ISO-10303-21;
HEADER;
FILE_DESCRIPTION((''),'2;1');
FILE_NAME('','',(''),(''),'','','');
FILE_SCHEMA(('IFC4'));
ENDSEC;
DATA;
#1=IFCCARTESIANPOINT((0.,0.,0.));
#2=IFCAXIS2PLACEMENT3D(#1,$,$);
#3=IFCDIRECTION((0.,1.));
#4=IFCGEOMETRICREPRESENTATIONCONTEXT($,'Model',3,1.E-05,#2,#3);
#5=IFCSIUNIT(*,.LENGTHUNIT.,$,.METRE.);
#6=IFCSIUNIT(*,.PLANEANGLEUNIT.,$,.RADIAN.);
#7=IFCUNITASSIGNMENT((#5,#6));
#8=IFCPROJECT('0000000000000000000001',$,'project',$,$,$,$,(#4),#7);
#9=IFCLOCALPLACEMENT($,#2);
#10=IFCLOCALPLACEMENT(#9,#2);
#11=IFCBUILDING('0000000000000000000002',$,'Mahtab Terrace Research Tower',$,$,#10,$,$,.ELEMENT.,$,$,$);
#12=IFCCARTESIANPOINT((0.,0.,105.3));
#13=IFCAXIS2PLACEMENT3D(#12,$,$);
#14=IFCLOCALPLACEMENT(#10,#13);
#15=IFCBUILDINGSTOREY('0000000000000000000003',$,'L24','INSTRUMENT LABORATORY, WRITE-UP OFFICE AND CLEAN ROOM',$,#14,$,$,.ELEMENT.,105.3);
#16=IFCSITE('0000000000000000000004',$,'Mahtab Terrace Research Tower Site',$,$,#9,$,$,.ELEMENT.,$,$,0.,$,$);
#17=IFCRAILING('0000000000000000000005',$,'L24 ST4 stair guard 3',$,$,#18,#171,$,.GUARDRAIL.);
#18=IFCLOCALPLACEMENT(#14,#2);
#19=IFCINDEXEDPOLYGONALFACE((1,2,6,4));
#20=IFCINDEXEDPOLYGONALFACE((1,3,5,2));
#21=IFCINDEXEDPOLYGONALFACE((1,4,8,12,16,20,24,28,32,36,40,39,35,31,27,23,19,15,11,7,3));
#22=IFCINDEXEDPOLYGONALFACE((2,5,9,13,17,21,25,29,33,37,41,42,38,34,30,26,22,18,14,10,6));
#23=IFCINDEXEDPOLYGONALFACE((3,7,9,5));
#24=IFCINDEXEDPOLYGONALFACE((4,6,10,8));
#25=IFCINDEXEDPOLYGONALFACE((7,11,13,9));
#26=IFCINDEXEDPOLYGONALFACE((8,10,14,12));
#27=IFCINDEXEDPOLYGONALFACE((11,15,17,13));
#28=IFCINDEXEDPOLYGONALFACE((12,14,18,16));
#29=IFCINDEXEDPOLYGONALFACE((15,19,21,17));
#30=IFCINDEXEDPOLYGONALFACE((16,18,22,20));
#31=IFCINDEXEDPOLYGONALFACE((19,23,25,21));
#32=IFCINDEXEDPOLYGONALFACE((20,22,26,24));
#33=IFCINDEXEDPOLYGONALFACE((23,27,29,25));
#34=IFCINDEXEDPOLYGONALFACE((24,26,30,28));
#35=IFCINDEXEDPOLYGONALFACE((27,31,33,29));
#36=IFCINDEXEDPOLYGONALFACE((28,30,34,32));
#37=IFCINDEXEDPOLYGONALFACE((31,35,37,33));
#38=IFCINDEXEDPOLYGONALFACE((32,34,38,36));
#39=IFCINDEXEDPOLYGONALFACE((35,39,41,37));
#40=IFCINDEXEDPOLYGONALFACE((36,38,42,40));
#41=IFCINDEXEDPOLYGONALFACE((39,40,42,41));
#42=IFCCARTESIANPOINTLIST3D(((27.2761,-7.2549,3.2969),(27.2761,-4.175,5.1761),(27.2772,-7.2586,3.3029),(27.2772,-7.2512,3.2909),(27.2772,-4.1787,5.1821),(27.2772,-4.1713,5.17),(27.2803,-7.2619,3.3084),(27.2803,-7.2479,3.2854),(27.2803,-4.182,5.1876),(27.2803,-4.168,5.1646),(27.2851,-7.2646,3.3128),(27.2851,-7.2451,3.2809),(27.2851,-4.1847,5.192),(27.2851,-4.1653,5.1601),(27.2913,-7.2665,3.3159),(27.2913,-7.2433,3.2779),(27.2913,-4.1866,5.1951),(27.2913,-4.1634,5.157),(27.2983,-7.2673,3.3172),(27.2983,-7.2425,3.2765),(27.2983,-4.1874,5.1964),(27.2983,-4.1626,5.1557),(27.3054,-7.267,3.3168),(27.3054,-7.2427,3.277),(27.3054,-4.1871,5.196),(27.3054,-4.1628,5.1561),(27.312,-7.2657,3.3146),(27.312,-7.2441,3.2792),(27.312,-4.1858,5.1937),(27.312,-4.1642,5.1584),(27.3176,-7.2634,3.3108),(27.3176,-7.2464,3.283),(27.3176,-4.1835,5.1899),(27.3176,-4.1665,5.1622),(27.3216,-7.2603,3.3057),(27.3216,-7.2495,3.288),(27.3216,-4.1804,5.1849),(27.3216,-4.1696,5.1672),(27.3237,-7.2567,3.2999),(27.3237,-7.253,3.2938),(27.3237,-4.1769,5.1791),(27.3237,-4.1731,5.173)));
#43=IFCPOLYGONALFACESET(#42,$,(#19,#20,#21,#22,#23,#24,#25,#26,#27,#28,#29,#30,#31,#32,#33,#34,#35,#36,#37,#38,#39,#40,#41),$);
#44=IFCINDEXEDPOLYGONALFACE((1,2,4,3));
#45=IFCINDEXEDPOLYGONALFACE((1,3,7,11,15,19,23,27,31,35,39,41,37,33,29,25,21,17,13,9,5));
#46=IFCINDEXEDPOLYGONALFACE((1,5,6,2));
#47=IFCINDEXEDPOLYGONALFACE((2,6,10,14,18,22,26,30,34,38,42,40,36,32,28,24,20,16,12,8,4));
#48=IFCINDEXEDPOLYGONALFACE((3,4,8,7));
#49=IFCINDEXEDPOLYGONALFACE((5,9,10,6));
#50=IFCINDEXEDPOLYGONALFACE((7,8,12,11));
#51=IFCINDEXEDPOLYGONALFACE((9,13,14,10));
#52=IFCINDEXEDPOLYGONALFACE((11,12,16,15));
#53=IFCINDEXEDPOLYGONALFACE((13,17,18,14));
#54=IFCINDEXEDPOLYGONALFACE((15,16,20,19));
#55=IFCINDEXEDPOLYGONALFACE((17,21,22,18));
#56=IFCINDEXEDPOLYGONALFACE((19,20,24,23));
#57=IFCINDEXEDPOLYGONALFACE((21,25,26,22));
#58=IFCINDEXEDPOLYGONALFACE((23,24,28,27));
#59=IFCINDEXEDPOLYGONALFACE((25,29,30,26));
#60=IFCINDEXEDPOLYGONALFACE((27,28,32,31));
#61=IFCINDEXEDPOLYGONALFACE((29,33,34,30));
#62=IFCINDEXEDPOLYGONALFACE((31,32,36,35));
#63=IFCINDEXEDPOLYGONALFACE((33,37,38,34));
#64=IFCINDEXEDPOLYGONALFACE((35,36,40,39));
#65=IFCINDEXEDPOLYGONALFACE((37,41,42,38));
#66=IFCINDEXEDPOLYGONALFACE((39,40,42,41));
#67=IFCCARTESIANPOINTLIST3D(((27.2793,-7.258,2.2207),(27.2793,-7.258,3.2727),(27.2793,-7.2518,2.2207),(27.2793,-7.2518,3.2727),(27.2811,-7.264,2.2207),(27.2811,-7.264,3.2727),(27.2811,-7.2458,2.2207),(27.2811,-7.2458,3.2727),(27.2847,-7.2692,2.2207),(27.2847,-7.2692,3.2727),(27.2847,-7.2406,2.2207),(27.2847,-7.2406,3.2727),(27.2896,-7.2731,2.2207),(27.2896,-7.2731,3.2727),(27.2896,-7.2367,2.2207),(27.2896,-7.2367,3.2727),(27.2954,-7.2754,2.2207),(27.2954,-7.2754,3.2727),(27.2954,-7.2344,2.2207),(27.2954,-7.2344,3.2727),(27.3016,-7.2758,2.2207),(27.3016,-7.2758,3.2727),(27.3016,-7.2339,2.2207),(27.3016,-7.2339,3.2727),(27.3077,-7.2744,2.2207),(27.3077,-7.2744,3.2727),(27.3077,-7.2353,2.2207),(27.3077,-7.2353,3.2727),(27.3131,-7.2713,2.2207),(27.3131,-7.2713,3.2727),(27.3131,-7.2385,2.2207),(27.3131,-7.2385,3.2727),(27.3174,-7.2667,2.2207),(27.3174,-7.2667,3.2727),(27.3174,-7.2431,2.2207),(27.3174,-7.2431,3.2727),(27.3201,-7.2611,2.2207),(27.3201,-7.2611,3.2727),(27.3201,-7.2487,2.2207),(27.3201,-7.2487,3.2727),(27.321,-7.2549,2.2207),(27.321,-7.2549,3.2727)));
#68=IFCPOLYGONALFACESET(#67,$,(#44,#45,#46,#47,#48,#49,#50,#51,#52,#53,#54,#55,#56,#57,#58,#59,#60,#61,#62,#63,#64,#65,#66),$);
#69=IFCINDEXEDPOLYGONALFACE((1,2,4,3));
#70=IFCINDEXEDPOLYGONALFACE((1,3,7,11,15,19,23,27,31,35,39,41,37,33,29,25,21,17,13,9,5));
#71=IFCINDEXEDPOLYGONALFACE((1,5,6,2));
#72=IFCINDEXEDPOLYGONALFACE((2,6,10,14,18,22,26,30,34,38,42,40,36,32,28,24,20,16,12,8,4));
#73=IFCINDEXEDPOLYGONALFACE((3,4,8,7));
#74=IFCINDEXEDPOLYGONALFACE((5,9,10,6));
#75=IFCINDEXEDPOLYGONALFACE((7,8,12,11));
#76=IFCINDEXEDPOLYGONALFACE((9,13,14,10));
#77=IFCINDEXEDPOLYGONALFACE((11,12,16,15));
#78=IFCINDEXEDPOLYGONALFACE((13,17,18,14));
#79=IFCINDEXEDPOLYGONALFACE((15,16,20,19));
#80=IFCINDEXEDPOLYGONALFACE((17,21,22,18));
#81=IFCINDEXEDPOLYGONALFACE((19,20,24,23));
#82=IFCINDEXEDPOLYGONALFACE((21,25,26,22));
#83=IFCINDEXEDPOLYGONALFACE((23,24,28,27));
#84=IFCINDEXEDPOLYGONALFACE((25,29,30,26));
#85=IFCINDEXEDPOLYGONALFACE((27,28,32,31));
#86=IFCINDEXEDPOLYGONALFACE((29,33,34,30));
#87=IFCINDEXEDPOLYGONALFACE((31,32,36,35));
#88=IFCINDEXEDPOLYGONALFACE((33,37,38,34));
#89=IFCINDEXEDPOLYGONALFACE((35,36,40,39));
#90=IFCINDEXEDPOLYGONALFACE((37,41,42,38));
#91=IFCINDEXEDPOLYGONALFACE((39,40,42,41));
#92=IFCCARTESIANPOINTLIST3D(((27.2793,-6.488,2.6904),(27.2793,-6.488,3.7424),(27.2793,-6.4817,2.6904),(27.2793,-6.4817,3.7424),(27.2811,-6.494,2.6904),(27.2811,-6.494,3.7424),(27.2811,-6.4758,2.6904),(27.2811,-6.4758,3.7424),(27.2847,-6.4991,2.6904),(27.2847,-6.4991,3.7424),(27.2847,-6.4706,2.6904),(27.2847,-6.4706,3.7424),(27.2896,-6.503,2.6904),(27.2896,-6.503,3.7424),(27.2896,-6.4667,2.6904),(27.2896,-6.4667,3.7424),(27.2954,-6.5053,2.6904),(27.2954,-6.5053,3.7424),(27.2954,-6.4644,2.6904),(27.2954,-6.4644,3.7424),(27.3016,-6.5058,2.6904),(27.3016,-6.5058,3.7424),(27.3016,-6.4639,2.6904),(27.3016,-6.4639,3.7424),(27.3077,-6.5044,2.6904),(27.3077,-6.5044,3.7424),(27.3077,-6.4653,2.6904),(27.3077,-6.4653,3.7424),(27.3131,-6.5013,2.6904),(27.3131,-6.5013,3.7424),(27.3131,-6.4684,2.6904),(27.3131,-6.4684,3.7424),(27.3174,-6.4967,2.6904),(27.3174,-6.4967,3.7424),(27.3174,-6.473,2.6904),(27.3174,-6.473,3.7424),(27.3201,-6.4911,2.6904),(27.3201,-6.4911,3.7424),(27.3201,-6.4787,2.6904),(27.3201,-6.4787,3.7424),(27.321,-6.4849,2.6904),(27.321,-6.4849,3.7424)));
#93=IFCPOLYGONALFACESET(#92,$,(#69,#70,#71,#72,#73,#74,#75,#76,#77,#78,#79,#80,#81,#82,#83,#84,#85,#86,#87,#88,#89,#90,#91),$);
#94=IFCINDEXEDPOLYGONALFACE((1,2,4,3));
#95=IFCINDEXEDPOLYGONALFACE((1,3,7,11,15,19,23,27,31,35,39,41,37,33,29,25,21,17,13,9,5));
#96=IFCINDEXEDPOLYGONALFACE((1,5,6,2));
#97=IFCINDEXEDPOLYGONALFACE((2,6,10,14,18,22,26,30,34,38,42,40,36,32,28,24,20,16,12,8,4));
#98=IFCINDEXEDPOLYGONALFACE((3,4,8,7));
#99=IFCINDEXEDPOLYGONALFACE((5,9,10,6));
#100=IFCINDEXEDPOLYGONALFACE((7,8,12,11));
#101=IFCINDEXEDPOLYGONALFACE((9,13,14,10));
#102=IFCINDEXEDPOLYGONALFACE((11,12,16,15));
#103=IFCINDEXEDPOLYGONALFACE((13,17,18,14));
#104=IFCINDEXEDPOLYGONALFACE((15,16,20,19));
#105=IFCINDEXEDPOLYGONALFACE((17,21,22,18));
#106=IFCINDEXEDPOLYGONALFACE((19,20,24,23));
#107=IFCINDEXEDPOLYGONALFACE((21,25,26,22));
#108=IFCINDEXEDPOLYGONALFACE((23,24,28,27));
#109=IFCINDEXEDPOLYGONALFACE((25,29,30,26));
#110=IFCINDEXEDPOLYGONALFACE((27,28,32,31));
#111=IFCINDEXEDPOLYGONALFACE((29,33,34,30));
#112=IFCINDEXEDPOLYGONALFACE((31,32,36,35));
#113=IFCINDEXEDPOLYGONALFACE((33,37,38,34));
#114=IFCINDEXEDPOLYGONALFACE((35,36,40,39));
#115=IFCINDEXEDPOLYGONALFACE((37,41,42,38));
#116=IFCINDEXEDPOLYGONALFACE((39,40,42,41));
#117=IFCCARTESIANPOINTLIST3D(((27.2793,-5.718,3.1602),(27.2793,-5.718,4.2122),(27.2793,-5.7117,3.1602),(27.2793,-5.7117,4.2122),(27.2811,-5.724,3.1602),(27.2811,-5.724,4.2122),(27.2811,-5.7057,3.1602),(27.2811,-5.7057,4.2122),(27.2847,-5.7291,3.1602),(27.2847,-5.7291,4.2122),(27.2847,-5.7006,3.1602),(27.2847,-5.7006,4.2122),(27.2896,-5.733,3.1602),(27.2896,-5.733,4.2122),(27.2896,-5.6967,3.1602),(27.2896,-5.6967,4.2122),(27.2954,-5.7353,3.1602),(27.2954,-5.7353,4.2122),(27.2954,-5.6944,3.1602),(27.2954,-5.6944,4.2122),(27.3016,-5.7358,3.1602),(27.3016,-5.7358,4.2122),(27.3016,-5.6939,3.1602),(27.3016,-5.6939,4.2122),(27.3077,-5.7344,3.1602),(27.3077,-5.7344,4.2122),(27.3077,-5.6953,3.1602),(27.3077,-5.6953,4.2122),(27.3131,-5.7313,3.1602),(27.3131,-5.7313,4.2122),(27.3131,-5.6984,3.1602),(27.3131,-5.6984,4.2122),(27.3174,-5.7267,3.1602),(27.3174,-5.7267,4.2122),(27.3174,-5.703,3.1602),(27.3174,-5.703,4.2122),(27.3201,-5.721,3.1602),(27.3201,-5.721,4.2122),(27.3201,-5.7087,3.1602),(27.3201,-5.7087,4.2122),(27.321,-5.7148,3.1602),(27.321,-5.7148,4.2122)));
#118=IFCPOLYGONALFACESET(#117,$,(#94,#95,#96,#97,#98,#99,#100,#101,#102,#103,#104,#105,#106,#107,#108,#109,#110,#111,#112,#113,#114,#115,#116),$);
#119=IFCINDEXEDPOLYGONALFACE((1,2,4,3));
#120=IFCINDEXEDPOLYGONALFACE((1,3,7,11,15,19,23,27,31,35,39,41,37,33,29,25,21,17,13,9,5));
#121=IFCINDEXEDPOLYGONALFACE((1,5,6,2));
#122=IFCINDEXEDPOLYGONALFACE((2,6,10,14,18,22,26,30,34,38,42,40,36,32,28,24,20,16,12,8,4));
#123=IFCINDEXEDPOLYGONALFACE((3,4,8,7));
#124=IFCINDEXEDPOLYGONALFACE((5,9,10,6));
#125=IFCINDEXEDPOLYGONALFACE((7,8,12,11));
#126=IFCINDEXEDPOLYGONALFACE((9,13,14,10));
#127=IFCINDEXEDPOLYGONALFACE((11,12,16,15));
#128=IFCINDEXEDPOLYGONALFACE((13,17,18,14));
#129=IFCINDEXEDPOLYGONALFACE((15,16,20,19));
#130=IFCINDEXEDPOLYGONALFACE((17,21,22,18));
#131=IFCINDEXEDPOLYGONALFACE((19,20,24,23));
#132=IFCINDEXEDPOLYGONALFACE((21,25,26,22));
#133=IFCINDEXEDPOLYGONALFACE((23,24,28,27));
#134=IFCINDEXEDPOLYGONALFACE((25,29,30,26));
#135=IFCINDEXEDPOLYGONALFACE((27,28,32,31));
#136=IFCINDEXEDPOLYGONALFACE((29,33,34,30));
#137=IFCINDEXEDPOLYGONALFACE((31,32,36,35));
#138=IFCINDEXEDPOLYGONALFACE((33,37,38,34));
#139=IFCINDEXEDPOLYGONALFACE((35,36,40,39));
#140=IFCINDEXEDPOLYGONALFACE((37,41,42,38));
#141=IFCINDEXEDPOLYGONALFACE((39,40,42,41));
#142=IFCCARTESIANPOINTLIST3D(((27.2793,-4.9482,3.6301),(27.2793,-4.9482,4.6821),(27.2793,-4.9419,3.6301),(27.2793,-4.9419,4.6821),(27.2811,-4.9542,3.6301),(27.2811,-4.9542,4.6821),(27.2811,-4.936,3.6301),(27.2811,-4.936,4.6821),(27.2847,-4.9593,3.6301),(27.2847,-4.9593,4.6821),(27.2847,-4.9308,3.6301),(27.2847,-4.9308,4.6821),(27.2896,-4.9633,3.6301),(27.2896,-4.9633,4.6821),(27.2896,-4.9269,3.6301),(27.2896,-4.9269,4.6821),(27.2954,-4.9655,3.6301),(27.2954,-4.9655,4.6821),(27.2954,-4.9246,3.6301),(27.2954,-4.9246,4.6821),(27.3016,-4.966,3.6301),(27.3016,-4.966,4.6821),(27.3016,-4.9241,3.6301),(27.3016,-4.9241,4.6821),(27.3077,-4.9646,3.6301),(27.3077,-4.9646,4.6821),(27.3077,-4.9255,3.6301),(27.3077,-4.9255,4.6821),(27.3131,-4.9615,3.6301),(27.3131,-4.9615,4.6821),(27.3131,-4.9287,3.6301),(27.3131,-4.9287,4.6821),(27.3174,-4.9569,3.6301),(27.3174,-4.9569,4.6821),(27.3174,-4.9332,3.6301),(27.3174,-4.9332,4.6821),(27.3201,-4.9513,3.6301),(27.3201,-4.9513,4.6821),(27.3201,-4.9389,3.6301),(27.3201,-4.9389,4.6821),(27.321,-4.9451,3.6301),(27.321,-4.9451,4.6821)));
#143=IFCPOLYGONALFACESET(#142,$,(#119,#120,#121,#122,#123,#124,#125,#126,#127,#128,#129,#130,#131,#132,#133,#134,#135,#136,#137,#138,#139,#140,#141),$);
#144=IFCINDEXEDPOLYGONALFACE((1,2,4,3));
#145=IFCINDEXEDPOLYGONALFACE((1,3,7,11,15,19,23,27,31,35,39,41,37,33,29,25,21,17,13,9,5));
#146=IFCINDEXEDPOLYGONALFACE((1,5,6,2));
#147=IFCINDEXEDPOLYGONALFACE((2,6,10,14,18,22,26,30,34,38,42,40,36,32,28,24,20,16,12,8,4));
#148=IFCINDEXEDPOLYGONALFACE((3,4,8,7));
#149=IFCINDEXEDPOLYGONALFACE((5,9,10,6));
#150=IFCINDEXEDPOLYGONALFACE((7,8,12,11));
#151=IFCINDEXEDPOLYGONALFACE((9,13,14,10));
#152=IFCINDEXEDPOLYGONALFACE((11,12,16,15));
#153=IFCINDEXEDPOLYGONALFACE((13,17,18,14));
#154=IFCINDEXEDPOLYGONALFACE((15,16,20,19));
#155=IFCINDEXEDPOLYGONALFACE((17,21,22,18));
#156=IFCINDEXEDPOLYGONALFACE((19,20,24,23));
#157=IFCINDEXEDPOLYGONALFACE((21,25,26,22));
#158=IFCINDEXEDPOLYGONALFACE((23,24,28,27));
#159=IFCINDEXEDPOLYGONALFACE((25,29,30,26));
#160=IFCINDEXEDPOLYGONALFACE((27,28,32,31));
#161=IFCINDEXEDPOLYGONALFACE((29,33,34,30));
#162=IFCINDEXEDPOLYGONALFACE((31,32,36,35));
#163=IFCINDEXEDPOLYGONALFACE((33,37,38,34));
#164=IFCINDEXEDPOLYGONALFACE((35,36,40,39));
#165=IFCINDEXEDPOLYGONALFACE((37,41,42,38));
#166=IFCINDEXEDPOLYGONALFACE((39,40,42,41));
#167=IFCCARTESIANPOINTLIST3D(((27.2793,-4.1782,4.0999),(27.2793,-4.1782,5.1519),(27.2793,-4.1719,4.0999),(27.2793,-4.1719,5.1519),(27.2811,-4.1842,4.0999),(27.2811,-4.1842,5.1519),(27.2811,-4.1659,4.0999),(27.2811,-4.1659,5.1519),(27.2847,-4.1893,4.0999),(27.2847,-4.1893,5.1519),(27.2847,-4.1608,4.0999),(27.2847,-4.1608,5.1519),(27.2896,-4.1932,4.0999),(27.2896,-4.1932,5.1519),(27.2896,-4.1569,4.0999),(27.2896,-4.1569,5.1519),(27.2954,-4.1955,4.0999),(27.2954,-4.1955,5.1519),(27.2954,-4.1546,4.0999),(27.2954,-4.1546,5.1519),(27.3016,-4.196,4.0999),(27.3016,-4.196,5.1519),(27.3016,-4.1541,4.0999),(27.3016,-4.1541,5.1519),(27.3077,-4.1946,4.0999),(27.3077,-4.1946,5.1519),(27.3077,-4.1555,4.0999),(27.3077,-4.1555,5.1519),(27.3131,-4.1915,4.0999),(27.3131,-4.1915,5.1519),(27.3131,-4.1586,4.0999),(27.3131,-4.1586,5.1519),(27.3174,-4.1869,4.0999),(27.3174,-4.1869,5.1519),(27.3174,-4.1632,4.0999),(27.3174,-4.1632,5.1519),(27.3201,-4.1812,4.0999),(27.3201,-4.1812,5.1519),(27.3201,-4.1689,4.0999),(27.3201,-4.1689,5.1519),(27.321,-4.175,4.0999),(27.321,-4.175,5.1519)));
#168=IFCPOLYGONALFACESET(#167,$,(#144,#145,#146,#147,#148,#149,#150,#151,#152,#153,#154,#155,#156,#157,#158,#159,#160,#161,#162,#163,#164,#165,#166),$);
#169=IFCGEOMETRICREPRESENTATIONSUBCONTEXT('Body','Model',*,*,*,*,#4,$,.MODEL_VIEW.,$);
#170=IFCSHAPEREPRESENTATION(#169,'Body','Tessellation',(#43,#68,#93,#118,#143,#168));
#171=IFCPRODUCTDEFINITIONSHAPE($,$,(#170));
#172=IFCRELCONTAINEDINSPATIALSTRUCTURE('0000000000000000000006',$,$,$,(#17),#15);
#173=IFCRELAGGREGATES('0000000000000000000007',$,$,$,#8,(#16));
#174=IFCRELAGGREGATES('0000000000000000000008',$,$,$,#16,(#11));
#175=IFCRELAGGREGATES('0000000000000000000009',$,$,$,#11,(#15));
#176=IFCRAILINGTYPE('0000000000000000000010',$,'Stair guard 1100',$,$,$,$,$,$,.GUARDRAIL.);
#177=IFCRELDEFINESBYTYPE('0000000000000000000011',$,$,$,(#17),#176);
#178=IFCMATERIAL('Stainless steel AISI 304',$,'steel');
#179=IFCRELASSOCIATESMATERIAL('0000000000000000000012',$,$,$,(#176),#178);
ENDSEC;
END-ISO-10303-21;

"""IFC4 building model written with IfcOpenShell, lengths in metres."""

from ifc_helpers import new_model, si_unit, direction, frame, origin, origin_2d, place, context, subcontext, project, spatial, circle, extrude, material, type_object, element, save


model = new_model("IFC4")

# Units and contexts
model_context = context("Model", 3, precision=1e-05, world=origin(), true_north=direction((0.0, 1.0)))
body_context = subcontext(model_context, "Body", "Model", "MODEL_VIEW")
ifc_project = project(units=[si_unit("LENGTHUNIT", "METRE"), si_unit("PLANEANGLEUNIT", "RADIAN")], contexts=[model_context])

# Site, building, storey
site_placement = place(None, origin())
site = spatial("IfcSite", under=ifc_project, at=site_placement, Name="Mahtab Terrace Research Tower Site", CompositionType="ELEMENT", RefElevation=0.0)
building_placement = place(site_placement, origin())
building = spatial("IfcBuilding", under=site, at=building_placement, Name="Mahtab Terrace Research Tower", CompositionType="ELEMENT")
storey_placement = place(building_placement, frame((0.0, 0.0, 105.3)))
storey = spatial("IfcBuildingStorey", under=building, at=storey_placement, Name="L24", Description="INSTRUMENT LABORATORY, WRITE-UP OFFICE AND CLEAN ROOM", CompositionType="ELEMENT", Elevation=105.3)

# Railing
ifc_material_1 = material(Name="Stainless steel AISI 304", Category="steel")
railing_type_1 = type_object("IfcRailingType", Name="Stair guard 1100", PredefinedType="GUARDRAIL", material=ifc_material_1)
railing_1_placement = place(storey_placement, frame((27.3, -7.2549, 2.2207)))
element("IfcRailing", 1, at=railing_1_placement, inside=storey, type_object=railing_type_1, Name="L24 ST4 stair guard 3", PredefinedType="GUARDRAIL", context=body_context, shape_type="SweptSolid", body=[
    extrude(circle(Radius=0.0239, at=origin_2d()), frame((0.0, 0.0, 1.0762), z_axis=(0.0, 0.853648, 0.52085), x_axis=(-1.0, 0.0, 0.0)), (0.0, 0.0, 1.0), 3.6079),
    extrude(circle(Radius=0.021, at=origin_2d()), origin(), (0.0, 0.0, 1.0), 1.052),
    extrude(circle(Radius=0.021, at=origin_2d()), frame((0.0, 0.77, 0.4697)), (0.0, 0.0, 1.0), 1.052),
    extrude(circle(Radius=0.021, at=origin_2d()), frame((0.0, 1.54, 0.9395)), (0.0, 0.0, 1.0), 1.052),
    extrude(circle(Radius=0.021, at=origin_2d()), frame((0.0, 2.3098, 1.4094)), (0.0, 0.0, 1.0), 1.052),
    extrude(circle(Radius=0.021, at=origin_2d()), frame((0.0, 3.0798, 1.8792)), (0.0, 0.0, 1.0), 1.052),
])

save(model, "model.ifc")
